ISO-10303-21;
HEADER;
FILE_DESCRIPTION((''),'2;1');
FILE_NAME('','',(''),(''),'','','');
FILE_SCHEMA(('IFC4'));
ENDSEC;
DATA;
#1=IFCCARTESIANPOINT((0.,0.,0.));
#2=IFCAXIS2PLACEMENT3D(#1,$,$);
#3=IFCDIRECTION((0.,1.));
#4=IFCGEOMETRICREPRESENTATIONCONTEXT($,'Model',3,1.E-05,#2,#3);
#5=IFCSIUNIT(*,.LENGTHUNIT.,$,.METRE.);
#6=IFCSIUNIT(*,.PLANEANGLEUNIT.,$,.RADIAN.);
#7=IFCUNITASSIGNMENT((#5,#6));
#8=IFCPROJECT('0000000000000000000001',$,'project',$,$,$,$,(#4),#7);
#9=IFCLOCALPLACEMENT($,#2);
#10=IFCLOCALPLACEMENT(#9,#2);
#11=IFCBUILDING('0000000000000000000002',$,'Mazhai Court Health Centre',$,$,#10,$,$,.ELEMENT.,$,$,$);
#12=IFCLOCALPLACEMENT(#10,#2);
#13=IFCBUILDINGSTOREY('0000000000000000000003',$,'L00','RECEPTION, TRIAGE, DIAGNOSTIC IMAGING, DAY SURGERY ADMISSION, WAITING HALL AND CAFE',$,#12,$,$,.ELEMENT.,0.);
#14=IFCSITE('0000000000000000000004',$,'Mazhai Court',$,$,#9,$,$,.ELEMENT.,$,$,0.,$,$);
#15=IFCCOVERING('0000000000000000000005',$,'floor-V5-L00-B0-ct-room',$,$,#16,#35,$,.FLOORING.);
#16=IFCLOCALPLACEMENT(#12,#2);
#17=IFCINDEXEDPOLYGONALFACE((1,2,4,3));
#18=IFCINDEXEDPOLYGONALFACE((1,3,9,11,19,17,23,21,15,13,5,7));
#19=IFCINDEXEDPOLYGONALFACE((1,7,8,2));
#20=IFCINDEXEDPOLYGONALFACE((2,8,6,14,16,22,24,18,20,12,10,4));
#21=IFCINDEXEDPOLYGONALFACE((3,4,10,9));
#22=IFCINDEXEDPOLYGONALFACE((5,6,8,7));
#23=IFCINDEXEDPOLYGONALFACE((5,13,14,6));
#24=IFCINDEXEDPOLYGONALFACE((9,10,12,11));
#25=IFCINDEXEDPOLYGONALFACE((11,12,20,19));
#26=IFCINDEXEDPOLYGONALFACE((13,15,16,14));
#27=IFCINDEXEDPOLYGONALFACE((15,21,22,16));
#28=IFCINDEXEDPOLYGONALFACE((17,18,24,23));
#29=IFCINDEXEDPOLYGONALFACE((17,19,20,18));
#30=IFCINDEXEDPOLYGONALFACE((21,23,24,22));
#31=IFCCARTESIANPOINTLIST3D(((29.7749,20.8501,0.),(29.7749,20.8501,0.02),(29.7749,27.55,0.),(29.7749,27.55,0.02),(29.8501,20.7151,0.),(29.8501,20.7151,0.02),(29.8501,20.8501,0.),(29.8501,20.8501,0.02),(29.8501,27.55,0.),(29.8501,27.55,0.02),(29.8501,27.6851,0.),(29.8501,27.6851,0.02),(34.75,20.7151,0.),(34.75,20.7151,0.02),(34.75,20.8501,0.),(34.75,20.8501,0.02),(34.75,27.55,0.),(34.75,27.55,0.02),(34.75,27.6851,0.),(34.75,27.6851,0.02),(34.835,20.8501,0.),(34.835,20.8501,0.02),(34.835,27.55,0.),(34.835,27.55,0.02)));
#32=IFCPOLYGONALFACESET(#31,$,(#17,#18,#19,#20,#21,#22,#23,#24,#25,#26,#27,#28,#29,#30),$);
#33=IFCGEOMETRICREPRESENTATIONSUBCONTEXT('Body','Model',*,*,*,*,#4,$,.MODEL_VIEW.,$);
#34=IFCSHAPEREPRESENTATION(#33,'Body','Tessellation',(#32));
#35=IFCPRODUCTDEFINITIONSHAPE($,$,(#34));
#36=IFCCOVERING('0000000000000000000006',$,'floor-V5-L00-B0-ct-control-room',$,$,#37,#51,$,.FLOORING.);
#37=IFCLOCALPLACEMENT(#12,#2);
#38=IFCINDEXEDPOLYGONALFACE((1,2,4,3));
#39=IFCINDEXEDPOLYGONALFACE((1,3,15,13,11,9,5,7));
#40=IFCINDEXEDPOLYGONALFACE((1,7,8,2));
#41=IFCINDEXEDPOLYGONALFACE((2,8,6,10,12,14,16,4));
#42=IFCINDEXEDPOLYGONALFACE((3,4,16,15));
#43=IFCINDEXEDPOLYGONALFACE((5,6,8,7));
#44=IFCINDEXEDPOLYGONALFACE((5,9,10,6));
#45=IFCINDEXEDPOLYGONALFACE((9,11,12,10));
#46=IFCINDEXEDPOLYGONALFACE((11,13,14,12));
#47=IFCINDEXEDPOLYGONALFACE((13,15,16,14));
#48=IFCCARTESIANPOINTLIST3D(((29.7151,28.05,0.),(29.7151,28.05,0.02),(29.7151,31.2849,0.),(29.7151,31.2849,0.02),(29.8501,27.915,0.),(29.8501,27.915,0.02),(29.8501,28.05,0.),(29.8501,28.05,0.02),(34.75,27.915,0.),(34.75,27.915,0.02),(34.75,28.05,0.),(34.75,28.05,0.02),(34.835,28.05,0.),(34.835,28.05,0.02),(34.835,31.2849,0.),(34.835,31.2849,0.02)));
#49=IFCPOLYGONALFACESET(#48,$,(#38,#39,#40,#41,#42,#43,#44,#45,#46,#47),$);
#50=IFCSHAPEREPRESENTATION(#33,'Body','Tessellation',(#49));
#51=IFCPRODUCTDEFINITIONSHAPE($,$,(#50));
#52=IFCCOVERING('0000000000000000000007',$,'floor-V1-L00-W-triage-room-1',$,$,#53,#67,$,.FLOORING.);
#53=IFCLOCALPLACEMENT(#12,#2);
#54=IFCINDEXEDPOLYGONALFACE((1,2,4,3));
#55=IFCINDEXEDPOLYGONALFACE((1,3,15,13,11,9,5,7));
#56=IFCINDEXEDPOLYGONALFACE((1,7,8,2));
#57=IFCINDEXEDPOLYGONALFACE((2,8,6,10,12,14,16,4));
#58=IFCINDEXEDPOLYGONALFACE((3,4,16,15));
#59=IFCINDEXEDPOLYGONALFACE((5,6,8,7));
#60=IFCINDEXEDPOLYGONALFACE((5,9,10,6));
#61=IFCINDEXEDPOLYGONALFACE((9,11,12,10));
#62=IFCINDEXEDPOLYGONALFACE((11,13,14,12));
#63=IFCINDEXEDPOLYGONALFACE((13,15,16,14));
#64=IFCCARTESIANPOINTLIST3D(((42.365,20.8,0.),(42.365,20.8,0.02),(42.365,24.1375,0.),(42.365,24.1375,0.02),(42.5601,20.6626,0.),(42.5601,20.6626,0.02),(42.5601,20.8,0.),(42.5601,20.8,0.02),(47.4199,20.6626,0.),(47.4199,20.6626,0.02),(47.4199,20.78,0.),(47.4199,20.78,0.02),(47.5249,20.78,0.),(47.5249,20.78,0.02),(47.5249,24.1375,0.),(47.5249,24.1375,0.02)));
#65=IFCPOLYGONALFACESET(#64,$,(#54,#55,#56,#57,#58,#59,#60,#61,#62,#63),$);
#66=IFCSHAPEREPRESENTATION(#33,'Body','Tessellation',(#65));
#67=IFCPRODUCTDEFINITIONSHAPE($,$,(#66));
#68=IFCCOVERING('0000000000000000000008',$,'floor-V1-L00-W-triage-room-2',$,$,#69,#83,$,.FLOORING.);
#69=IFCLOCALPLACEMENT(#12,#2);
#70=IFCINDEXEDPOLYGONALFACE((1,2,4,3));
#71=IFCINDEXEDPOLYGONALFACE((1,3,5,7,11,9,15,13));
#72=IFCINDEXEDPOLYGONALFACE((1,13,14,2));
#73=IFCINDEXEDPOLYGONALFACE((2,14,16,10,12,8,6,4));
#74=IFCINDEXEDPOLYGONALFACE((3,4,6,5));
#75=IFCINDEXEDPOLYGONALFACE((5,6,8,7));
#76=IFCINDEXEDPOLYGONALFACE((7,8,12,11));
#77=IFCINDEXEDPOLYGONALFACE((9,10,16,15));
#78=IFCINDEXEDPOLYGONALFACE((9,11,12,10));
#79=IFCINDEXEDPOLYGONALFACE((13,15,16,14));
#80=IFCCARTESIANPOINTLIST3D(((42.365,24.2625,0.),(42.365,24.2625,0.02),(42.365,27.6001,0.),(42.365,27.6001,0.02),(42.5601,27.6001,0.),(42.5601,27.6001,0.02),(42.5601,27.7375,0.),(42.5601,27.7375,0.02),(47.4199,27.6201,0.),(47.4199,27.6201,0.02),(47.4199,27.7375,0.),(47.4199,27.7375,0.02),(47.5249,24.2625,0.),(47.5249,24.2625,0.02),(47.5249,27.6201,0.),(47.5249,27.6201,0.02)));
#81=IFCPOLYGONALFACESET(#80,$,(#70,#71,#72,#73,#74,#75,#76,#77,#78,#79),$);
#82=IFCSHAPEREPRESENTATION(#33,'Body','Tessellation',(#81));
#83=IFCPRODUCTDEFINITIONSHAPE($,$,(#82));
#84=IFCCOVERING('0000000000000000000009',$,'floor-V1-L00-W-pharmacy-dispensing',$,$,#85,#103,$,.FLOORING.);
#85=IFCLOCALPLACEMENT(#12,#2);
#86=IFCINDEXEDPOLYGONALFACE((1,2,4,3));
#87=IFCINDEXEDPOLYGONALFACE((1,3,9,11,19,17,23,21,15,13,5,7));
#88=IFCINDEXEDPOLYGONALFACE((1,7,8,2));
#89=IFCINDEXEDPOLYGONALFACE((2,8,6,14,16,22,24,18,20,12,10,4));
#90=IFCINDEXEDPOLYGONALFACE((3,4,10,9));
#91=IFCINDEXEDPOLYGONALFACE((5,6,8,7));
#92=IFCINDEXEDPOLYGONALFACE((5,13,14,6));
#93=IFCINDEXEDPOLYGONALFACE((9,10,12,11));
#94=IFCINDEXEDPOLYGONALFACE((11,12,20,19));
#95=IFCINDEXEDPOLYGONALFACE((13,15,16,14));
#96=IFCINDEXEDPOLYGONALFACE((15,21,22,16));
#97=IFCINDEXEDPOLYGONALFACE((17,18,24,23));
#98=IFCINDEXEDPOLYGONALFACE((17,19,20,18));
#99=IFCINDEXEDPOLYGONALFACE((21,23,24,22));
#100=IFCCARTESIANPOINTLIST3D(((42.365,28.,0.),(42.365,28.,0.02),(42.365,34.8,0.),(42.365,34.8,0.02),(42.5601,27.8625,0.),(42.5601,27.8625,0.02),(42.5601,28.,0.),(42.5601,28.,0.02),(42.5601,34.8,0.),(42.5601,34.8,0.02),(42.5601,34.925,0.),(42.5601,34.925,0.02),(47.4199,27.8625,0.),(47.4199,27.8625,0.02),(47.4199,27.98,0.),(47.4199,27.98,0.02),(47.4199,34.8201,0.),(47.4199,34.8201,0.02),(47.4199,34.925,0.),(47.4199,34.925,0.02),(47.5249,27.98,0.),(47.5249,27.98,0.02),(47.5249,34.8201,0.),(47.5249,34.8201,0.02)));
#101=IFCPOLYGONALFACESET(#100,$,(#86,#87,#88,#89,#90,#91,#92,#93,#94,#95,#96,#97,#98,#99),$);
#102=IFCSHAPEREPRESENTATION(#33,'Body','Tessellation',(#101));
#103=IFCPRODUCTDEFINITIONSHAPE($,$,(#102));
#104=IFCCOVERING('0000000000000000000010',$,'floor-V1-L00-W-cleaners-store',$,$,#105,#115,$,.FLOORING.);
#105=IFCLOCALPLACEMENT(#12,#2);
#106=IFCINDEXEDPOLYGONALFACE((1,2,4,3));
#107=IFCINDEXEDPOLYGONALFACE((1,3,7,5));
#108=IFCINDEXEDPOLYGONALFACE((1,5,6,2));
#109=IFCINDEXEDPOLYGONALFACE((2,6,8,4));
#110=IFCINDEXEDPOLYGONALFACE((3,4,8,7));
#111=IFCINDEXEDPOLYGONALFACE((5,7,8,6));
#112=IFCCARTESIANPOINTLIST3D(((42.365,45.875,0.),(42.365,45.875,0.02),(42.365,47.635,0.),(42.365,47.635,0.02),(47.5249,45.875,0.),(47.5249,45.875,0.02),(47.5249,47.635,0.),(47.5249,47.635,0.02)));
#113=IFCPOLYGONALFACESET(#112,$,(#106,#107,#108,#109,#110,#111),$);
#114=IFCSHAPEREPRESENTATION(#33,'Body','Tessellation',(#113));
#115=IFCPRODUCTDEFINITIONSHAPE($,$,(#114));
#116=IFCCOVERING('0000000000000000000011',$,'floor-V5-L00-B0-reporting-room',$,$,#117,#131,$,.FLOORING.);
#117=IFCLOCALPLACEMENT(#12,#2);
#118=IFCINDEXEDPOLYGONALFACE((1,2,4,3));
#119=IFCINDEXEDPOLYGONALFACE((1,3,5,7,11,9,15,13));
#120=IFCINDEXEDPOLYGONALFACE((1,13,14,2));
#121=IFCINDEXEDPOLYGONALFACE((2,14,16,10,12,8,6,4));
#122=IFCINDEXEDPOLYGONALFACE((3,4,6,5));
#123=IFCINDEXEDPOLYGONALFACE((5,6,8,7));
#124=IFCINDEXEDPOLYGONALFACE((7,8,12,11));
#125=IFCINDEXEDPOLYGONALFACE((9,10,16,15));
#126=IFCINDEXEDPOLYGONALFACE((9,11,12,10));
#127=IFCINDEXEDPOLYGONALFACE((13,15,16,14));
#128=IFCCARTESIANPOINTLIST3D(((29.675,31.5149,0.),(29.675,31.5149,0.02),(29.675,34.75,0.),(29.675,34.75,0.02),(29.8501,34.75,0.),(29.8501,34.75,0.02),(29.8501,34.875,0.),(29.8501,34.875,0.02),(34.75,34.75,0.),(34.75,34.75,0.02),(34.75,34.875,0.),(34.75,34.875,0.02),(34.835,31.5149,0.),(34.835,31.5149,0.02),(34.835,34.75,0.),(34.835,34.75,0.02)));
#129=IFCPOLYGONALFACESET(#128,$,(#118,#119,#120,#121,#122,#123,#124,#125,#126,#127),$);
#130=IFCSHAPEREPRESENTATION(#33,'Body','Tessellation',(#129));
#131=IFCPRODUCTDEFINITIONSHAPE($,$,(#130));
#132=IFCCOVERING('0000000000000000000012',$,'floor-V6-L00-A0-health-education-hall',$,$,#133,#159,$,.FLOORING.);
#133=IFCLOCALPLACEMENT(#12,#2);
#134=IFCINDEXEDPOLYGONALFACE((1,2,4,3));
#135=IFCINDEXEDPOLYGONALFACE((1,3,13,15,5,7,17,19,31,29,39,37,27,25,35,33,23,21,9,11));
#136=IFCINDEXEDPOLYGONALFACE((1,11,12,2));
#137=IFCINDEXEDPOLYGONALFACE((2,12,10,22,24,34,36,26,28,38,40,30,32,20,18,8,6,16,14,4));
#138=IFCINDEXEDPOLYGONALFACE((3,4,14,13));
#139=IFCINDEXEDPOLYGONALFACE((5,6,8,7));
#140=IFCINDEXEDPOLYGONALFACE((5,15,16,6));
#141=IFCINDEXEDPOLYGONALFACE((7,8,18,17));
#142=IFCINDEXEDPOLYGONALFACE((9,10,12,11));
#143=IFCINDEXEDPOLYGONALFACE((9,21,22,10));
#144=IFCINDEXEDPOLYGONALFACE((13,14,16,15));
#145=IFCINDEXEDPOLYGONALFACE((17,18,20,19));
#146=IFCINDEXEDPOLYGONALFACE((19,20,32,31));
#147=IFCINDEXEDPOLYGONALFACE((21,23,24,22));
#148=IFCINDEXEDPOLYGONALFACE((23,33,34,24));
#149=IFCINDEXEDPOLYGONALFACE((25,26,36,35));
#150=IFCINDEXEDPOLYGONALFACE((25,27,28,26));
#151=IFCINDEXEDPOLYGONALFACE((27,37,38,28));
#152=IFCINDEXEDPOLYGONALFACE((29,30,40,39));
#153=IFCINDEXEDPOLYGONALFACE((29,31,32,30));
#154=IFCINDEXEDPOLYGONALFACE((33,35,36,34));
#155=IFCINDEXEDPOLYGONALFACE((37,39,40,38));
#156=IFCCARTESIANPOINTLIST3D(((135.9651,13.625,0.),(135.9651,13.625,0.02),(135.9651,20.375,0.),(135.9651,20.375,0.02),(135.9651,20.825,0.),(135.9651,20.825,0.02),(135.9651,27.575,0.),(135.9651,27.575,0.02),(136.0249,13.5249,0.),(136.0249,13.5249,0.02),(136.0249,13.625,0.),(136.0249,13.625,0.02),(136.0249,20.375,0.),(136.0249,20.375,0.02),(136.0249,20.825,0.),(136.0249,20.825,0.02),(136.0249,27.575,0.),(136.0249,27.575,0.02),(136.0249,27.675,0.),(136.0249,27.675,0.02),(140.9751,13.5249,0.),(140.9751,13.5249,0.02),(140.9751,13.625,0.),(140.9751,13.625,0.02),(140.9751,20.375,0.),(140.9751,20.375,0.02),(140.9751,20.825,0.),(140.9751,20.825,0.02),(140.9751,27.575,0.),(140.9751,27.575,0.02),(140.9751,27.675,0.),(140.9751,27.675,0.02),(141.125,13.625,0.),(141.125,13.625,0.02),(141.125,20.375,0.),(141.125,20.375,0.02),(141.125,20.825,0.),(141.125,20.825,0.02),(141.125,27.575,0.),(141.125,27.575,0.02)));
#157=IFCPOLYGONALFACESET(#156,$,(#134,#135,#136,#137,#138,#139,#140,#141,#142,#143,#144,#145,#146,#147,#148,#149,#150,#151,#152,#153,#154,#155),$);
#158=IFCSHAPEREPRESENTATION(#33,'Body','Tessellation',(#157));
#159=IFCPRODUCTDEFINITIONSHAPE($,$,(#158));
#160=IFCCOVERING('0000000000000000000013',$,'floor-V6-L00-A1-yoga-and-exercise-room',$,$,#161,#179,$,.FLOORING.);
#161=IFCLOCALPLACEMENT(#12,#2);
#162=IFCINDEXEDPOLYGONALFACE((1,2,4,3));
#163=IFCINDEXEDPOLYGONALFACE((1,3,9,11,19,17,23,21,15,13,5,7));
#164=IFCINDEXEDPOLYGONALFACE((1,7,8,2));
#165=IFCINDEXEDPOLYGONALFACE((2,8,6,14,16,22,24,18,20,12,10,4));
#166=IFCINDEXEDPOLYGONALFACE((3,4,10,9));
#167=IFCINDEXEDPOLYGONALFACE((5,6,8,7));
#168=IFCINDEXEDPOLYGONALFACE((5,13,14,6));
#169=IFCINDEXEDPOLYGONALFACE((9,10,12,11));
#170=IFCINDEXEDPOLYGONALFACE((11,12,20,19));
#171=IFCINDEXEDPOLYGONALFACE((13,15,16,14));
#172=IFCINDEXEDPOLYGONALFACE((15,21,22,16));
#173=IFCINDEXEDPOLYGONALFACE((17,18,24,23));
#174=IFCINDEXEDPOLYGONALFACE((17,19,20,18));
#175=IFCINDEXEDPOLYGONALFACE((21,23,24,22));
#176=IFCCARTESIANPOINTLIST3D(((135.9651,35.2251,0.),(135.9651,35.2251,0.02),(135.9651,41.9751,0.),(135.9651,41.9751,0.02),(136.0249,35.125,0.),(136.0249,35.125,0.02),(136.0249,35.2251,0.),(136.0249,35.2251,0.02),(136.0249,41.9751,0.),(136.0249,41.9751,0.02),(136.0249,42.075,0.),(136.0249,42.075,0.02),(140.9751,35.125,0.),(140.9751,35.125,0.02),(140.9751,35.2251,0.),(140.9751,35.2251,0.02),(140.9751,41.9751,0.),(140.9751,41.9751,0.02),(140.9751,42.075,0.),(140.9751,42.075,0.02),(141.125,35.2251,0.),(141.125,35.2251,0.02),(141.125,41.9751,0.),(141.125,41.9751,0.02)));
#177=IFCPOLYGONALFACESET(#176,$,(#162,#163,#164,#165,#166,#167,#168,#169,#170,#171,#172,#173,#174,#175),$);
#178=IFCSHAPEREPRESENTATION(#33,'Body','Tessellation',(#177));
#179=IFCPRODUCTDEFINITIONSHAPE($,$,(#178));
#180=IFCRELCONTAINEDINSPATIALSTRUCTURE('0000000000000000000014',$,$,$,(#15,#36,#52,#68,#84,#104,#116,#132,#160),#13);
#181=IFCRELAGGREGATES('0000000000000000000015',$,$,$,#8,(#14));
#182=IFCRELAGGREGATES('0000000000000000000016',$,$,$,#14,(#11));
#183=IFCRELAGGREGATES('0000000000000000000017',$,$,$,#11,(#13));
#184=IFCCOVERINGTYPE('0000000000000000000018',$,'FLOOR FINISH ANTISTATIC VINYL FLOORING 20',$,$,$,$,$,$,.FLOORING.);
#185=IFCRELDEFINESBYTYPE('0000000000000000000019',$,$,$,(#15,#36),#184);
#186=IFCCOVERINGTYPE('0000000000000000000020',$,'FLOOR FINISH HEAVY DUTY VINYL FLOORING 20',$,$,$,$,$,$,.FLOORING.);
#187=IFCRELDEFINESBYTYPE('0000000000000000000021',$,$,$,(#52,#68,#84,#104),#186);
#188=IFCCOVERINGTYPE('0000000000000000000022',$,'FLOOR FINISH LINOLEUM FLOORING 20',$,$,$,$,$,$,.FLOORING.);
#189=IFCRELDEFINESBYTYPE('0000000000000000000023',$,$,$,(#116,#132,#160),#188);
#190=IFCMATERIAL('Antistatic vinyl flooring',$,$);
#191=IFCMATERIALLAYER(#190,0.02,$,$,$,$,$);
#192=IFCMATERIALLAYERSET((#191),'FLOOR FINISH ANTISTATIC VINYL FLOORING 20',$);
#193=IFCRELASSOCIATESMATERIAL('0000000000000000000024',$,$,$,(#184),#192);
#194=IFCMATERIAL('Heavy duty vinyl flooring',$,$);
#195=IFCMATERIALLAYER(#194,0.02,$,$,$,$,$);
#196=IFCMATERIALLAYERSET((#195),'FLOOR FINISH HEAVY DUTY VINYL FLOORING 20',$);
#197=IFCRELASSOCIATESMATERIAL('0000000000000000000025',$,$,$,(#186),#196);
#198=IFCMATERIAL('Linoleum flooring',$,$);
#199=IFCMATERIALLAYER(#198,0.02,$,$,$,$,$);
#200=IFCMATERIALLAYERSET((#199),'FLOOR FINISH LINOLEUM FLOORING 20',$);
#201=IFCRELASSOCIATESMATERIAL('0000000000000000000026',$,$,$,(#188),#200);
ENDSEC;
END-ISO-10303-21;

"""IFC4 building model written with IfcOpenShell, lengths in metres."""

from ifc_helpers import new_model, si_unit, direction, origin, place, context, subcontext, project, spatial, polyline, outline, extrude, material, layer, layer_set, type_object, element, save


model = new_model("IFC4")

# Units and contexts
model_context = context("Model", 3, precision=1e-05, world=origin(), true_north=direction((0.0, 1.0)))
body_context = subcontext(model_context, "Body", "Model", "MODEL_VIEW")
ifc_project = project(units=[si_unit("LENGTHUNIT", "METRE"), si_unit("PLANEANGLEUNIT", "RADIAN")], contexts=[model_context])

# Site, building, storey
site_placement = place(None, origin())
site = spatial("IfcSite", under=ifc_project, at=site_placement, Name="Mazhai Court", CompositionType="ELEMENT", RefElevation=0.0)
building_placement = place(site_placement, origin())
building = spatial("IfcBuilding", under=site, at=building_placement, Name="Mazhai Court Health Centre", CompositionType="ELEMENT")
storey_placement = place(building_placement, origin())
storey = spatial("IfcBuildingStorey", under=building, at=storey_placement, Name="L00", Description="RECEPTION, TRIAGE, DIAGNOSTIC IMAGING, DAY SURGERY ADMISSION, WAITING HALL AND CAFE", CompositionType="ELEMENT", Elevation=0.0)

# Coverings
ifc_material_1 = material(Name="Antistatic vinyl flooring")
ifc_layer_1 = layer(ifc_material_1, 0.02)
ifc_layer_set_1 = layer_set([ifc_layer_1], Name="FLOOR FINISH ANTISTATIC VINYL FLOORING 20")
covering_type_1 = type_object("IfcCoveringType", Name="FLOOR FINISH ANTISTATIC VINYL FLOORING 20", PredefinedType="FLOORING", material=ifc_layer_set_1)
covering_1_placement = place(storey_placement, origin())
element("IfcCovering", 1, at=covering_1_placement, inside=storey, type_object=covering_type_1, Name="floor-V5-L00-B0-ct-room", PredefinedType="FLOORING", context=body_context, shape_type="SweptSolid", body=[
    extrude(outline(polyline([(34.835, 27.55), (34.75, 27.55), (34.75, 27.6851), (29.8501, 27.6851), (29.8501, 27.55), (29.7749, 27.55), (29.7749, 20.8501), (29.8501, 20.8501), (29.8501, 20.7151), (34.75, 20.7151), (34.75, 20.8501), (34.835, 20.8501), (34.835, 27.55)])), origin(), (0.0, 0.0, 1.0), 0.02),
])
covering_2_placement = place(storey_placement, origin())
element("IfcCovering", 2, at=covering_2_placement, inside=storey, type_object=covering_type_1, Name="floor-V5-L00-B0-ct-control-room", PredefinedType="FLOORING", context=body_context, shape_type="SweptSolid", body=[
    extrude(outline(polyline([(29.7151, 28.05), (29.8501, 28.05), (29.8501, 27.915), (34.75, 27.915), (34.75, 28.05), (34.835, 28.05), (34.835, 31.2849), (29.7151, 31.2849), (29.7151, 28.05)])), origin(), (0.0, 0.0, 1.0), 0.02),
])
ifc_material_2 = material(Name="Heavy duty vinyl flooring")
ifc_layer_2 = layer(ifc_material_2, 0.02)
ifc_layer_set_2 = layer_set([ifc_layer_2], Name="FLOOR FINISH HEAVY DUTY VINYL FLOORING 20")
covering_type_2 = type_object("IfcCoveringType", Name="FLOOR FINISH HEAVY DUTY VINYL FLOORING 20", PredefinedType="FLOORING", material=ifc_layer_set_2)
covering_3_placement = place(storey_placement, origin())
element("IfcCovering", 3, at=covering_3_placement, inside=storey, type_object=covering_type_2, Name="floor-V1-L00-W-triage-room-1", PredefinedType="FLOORING", context=body_context, shape_type="SweptSolid", body=[
    extrude(outline(polyline([(42.365, 20.8), (42.5601, 20.8), (42.5601, 20.6626), (47.4199, 20.6626), (47.4199, 20.78), (47.5249, 20.78), (47.5249, 24.1375), (42.365, 24.1375), (42.365, 20.8)])), origin(), (0.0, 0.0, 1.0), 0.02),
])
covering_4_placement = place(storey_placement, origin())
element("IfcCovering", 4, at=covering_4_placement, inside=storey, type_object=covering_type_2, Name="floor-V1-L00-W-triage-room-2", PredefinedType="FLOORING", context=body_context, shape_type="SweptSolid", body=[
    extrude(outline(polyline([(47.5249, 27.6201), (47.4199, 27.6201), (47.4199, 27.7375), (42.5601, 27.7375), (42.5601, 27.6001), (42.365, 27.6001), (42.365, 24.2625), (47.5249, 24.2625), (47.5249, 27.6201)])), origin(), (0.0, 0.0, 1.0), 0.02),
])
covering_5_placement = place(storey_placement, origin())
element("IfcCovering", 5, at=covering_5_placement, inside=storey, type_object=covering_type_2, Name="floor-V1-L00-W-pharmacy-dispensing", PredefinedType="FLOORING", context=body_context, shape_type="SweptSolid", body=[
    extrude(outline(polyline([(47.5249, 34.8201), (47.4199, 34.8201), (47.4199, 34.925), (42.5601, 34.925), (42.5601, 34.8), (42.365, 34.8), (42.365, 28.0), (42.5601, 28.0), (42.5601, 27.8625), (47.4199, 27.8625), (47.4199, 27.98), (47.5249, 27.98), (47.5249, 34.8201)])), origin(), (0.0, 0.0, 1.0), 0.02),
])
covering_6_placement = place(storey_placement, origin())
element("IfcCovering", 6, at=covering_6_placement, inside=storey, type_object=covering_type_2, Name="floor-V1-L00-W-cleaners-store", PredefinedType="FLOORING", context=body_context, shape_type="SweptSolid", body=[
    extrude(outline(polyline([(47.5249, 45.875), (47.5249, 47.635), (42.365, 47.635), (42.365, 45.875), (47.5249, 45.875)])), origin(), (0.0, 0.0, 1.0), 0.02),
])
ifc_material_3 = material(Name="Linoleum flooring")
ifc_layer_3 = layer(ifc_material_3, 0.02)
ifc_layer_set_3 = layer_set([ifc_layer_3], Name="FLOOR FINISH LINOLEUM FLOORING 20")
covering_type_3 = type_object("IfcCoveringType", Name="FLOOR FINISH LINOLEUM FLOORING 20", PredefinedType="FLOORING", material=ifc_layer_set_3)
covering_7_placement = place(storey_placement, origin())
element("IfcCovering", 7, at=covering_7_placement, inside=storey, type_object=covering_type_3, Name="floor-V5-L00-B0-reporting-room", PredefinedType="FLOORING", context=body_context, shape_type="SweptSolid", body=[
    extrude(outline(polyline([(34.835, 34.75), (34.75, 34.75), (34.75, 34.875), (29.8501, 34.875), (29.8501, 34.75), (29.675, 34.75), (29.675, 31.5149), (34.835, 31.5149), (34.835, 34.75)])), origin(), (0.0, 0.0, 1.0), 0.02),
])
covering_8_placement = place(storey_placement, origin())
element("IfcCovering", 8, at=covering_8_placement, inside=storey, type_object=covering_type_3, Name="floor-V6-L00-A0-health-education-hall", PredefinedType="FLOORING", context=body_context, shape_type="SweptSolid", body=[
    extrude(outline(polyline([(141.125, 20.375), (140.9751, 20.375), (140.9751, 20.825), (141.125, 20.825), (141.125, 27.575), (140.9751, 27.575), (140.9751, 27.675), (136.0249, 27.675), (136.0249, 27.575), (135.9651, 27.575), (135.9651, 20.825), (136.0249, 20.825), (136.0249, 20.375), (135.9651, 20.375), (135.9651, 13.625), (136.0249, 13.625), (136.0249, 13.5249), (140.9751, 13.5249), (140.9751, 13.625), (141.125, 13.625), (141.125, 20.375)])), origin(), (0.0, 0.0, 1.0), 0.02),
])
covering_9_placement = place(storey_placement, origin())
element("IfcCovering", 9, at=covering_9_placement, inside=storey, type_object=covering_type_3, Name="floor-V6-L00-A1-yoga-and-exercise-room", PredefinedType="FLOORING", context=body_context, shape_type="SweptSolid", body=[
    extrude(outline(polyline([(141.125, 41.9751), (140.9751, 41.9751), (140.9751, 42.075), (136.0249, 42.075), (136.0249, 41.9751), (135.9651, 41.9751), (135.9651, 35.2251), (136.0249, 35.2251), (136.0249, 35.125), (140.9751, 35.125), (140.9751, 35.2251), (141.125, 35.2251), (141.125, 41.9751)])), origin(), (0.0, 0.0, 1.0), 0.02),
])

save(model, "model.ifc")
